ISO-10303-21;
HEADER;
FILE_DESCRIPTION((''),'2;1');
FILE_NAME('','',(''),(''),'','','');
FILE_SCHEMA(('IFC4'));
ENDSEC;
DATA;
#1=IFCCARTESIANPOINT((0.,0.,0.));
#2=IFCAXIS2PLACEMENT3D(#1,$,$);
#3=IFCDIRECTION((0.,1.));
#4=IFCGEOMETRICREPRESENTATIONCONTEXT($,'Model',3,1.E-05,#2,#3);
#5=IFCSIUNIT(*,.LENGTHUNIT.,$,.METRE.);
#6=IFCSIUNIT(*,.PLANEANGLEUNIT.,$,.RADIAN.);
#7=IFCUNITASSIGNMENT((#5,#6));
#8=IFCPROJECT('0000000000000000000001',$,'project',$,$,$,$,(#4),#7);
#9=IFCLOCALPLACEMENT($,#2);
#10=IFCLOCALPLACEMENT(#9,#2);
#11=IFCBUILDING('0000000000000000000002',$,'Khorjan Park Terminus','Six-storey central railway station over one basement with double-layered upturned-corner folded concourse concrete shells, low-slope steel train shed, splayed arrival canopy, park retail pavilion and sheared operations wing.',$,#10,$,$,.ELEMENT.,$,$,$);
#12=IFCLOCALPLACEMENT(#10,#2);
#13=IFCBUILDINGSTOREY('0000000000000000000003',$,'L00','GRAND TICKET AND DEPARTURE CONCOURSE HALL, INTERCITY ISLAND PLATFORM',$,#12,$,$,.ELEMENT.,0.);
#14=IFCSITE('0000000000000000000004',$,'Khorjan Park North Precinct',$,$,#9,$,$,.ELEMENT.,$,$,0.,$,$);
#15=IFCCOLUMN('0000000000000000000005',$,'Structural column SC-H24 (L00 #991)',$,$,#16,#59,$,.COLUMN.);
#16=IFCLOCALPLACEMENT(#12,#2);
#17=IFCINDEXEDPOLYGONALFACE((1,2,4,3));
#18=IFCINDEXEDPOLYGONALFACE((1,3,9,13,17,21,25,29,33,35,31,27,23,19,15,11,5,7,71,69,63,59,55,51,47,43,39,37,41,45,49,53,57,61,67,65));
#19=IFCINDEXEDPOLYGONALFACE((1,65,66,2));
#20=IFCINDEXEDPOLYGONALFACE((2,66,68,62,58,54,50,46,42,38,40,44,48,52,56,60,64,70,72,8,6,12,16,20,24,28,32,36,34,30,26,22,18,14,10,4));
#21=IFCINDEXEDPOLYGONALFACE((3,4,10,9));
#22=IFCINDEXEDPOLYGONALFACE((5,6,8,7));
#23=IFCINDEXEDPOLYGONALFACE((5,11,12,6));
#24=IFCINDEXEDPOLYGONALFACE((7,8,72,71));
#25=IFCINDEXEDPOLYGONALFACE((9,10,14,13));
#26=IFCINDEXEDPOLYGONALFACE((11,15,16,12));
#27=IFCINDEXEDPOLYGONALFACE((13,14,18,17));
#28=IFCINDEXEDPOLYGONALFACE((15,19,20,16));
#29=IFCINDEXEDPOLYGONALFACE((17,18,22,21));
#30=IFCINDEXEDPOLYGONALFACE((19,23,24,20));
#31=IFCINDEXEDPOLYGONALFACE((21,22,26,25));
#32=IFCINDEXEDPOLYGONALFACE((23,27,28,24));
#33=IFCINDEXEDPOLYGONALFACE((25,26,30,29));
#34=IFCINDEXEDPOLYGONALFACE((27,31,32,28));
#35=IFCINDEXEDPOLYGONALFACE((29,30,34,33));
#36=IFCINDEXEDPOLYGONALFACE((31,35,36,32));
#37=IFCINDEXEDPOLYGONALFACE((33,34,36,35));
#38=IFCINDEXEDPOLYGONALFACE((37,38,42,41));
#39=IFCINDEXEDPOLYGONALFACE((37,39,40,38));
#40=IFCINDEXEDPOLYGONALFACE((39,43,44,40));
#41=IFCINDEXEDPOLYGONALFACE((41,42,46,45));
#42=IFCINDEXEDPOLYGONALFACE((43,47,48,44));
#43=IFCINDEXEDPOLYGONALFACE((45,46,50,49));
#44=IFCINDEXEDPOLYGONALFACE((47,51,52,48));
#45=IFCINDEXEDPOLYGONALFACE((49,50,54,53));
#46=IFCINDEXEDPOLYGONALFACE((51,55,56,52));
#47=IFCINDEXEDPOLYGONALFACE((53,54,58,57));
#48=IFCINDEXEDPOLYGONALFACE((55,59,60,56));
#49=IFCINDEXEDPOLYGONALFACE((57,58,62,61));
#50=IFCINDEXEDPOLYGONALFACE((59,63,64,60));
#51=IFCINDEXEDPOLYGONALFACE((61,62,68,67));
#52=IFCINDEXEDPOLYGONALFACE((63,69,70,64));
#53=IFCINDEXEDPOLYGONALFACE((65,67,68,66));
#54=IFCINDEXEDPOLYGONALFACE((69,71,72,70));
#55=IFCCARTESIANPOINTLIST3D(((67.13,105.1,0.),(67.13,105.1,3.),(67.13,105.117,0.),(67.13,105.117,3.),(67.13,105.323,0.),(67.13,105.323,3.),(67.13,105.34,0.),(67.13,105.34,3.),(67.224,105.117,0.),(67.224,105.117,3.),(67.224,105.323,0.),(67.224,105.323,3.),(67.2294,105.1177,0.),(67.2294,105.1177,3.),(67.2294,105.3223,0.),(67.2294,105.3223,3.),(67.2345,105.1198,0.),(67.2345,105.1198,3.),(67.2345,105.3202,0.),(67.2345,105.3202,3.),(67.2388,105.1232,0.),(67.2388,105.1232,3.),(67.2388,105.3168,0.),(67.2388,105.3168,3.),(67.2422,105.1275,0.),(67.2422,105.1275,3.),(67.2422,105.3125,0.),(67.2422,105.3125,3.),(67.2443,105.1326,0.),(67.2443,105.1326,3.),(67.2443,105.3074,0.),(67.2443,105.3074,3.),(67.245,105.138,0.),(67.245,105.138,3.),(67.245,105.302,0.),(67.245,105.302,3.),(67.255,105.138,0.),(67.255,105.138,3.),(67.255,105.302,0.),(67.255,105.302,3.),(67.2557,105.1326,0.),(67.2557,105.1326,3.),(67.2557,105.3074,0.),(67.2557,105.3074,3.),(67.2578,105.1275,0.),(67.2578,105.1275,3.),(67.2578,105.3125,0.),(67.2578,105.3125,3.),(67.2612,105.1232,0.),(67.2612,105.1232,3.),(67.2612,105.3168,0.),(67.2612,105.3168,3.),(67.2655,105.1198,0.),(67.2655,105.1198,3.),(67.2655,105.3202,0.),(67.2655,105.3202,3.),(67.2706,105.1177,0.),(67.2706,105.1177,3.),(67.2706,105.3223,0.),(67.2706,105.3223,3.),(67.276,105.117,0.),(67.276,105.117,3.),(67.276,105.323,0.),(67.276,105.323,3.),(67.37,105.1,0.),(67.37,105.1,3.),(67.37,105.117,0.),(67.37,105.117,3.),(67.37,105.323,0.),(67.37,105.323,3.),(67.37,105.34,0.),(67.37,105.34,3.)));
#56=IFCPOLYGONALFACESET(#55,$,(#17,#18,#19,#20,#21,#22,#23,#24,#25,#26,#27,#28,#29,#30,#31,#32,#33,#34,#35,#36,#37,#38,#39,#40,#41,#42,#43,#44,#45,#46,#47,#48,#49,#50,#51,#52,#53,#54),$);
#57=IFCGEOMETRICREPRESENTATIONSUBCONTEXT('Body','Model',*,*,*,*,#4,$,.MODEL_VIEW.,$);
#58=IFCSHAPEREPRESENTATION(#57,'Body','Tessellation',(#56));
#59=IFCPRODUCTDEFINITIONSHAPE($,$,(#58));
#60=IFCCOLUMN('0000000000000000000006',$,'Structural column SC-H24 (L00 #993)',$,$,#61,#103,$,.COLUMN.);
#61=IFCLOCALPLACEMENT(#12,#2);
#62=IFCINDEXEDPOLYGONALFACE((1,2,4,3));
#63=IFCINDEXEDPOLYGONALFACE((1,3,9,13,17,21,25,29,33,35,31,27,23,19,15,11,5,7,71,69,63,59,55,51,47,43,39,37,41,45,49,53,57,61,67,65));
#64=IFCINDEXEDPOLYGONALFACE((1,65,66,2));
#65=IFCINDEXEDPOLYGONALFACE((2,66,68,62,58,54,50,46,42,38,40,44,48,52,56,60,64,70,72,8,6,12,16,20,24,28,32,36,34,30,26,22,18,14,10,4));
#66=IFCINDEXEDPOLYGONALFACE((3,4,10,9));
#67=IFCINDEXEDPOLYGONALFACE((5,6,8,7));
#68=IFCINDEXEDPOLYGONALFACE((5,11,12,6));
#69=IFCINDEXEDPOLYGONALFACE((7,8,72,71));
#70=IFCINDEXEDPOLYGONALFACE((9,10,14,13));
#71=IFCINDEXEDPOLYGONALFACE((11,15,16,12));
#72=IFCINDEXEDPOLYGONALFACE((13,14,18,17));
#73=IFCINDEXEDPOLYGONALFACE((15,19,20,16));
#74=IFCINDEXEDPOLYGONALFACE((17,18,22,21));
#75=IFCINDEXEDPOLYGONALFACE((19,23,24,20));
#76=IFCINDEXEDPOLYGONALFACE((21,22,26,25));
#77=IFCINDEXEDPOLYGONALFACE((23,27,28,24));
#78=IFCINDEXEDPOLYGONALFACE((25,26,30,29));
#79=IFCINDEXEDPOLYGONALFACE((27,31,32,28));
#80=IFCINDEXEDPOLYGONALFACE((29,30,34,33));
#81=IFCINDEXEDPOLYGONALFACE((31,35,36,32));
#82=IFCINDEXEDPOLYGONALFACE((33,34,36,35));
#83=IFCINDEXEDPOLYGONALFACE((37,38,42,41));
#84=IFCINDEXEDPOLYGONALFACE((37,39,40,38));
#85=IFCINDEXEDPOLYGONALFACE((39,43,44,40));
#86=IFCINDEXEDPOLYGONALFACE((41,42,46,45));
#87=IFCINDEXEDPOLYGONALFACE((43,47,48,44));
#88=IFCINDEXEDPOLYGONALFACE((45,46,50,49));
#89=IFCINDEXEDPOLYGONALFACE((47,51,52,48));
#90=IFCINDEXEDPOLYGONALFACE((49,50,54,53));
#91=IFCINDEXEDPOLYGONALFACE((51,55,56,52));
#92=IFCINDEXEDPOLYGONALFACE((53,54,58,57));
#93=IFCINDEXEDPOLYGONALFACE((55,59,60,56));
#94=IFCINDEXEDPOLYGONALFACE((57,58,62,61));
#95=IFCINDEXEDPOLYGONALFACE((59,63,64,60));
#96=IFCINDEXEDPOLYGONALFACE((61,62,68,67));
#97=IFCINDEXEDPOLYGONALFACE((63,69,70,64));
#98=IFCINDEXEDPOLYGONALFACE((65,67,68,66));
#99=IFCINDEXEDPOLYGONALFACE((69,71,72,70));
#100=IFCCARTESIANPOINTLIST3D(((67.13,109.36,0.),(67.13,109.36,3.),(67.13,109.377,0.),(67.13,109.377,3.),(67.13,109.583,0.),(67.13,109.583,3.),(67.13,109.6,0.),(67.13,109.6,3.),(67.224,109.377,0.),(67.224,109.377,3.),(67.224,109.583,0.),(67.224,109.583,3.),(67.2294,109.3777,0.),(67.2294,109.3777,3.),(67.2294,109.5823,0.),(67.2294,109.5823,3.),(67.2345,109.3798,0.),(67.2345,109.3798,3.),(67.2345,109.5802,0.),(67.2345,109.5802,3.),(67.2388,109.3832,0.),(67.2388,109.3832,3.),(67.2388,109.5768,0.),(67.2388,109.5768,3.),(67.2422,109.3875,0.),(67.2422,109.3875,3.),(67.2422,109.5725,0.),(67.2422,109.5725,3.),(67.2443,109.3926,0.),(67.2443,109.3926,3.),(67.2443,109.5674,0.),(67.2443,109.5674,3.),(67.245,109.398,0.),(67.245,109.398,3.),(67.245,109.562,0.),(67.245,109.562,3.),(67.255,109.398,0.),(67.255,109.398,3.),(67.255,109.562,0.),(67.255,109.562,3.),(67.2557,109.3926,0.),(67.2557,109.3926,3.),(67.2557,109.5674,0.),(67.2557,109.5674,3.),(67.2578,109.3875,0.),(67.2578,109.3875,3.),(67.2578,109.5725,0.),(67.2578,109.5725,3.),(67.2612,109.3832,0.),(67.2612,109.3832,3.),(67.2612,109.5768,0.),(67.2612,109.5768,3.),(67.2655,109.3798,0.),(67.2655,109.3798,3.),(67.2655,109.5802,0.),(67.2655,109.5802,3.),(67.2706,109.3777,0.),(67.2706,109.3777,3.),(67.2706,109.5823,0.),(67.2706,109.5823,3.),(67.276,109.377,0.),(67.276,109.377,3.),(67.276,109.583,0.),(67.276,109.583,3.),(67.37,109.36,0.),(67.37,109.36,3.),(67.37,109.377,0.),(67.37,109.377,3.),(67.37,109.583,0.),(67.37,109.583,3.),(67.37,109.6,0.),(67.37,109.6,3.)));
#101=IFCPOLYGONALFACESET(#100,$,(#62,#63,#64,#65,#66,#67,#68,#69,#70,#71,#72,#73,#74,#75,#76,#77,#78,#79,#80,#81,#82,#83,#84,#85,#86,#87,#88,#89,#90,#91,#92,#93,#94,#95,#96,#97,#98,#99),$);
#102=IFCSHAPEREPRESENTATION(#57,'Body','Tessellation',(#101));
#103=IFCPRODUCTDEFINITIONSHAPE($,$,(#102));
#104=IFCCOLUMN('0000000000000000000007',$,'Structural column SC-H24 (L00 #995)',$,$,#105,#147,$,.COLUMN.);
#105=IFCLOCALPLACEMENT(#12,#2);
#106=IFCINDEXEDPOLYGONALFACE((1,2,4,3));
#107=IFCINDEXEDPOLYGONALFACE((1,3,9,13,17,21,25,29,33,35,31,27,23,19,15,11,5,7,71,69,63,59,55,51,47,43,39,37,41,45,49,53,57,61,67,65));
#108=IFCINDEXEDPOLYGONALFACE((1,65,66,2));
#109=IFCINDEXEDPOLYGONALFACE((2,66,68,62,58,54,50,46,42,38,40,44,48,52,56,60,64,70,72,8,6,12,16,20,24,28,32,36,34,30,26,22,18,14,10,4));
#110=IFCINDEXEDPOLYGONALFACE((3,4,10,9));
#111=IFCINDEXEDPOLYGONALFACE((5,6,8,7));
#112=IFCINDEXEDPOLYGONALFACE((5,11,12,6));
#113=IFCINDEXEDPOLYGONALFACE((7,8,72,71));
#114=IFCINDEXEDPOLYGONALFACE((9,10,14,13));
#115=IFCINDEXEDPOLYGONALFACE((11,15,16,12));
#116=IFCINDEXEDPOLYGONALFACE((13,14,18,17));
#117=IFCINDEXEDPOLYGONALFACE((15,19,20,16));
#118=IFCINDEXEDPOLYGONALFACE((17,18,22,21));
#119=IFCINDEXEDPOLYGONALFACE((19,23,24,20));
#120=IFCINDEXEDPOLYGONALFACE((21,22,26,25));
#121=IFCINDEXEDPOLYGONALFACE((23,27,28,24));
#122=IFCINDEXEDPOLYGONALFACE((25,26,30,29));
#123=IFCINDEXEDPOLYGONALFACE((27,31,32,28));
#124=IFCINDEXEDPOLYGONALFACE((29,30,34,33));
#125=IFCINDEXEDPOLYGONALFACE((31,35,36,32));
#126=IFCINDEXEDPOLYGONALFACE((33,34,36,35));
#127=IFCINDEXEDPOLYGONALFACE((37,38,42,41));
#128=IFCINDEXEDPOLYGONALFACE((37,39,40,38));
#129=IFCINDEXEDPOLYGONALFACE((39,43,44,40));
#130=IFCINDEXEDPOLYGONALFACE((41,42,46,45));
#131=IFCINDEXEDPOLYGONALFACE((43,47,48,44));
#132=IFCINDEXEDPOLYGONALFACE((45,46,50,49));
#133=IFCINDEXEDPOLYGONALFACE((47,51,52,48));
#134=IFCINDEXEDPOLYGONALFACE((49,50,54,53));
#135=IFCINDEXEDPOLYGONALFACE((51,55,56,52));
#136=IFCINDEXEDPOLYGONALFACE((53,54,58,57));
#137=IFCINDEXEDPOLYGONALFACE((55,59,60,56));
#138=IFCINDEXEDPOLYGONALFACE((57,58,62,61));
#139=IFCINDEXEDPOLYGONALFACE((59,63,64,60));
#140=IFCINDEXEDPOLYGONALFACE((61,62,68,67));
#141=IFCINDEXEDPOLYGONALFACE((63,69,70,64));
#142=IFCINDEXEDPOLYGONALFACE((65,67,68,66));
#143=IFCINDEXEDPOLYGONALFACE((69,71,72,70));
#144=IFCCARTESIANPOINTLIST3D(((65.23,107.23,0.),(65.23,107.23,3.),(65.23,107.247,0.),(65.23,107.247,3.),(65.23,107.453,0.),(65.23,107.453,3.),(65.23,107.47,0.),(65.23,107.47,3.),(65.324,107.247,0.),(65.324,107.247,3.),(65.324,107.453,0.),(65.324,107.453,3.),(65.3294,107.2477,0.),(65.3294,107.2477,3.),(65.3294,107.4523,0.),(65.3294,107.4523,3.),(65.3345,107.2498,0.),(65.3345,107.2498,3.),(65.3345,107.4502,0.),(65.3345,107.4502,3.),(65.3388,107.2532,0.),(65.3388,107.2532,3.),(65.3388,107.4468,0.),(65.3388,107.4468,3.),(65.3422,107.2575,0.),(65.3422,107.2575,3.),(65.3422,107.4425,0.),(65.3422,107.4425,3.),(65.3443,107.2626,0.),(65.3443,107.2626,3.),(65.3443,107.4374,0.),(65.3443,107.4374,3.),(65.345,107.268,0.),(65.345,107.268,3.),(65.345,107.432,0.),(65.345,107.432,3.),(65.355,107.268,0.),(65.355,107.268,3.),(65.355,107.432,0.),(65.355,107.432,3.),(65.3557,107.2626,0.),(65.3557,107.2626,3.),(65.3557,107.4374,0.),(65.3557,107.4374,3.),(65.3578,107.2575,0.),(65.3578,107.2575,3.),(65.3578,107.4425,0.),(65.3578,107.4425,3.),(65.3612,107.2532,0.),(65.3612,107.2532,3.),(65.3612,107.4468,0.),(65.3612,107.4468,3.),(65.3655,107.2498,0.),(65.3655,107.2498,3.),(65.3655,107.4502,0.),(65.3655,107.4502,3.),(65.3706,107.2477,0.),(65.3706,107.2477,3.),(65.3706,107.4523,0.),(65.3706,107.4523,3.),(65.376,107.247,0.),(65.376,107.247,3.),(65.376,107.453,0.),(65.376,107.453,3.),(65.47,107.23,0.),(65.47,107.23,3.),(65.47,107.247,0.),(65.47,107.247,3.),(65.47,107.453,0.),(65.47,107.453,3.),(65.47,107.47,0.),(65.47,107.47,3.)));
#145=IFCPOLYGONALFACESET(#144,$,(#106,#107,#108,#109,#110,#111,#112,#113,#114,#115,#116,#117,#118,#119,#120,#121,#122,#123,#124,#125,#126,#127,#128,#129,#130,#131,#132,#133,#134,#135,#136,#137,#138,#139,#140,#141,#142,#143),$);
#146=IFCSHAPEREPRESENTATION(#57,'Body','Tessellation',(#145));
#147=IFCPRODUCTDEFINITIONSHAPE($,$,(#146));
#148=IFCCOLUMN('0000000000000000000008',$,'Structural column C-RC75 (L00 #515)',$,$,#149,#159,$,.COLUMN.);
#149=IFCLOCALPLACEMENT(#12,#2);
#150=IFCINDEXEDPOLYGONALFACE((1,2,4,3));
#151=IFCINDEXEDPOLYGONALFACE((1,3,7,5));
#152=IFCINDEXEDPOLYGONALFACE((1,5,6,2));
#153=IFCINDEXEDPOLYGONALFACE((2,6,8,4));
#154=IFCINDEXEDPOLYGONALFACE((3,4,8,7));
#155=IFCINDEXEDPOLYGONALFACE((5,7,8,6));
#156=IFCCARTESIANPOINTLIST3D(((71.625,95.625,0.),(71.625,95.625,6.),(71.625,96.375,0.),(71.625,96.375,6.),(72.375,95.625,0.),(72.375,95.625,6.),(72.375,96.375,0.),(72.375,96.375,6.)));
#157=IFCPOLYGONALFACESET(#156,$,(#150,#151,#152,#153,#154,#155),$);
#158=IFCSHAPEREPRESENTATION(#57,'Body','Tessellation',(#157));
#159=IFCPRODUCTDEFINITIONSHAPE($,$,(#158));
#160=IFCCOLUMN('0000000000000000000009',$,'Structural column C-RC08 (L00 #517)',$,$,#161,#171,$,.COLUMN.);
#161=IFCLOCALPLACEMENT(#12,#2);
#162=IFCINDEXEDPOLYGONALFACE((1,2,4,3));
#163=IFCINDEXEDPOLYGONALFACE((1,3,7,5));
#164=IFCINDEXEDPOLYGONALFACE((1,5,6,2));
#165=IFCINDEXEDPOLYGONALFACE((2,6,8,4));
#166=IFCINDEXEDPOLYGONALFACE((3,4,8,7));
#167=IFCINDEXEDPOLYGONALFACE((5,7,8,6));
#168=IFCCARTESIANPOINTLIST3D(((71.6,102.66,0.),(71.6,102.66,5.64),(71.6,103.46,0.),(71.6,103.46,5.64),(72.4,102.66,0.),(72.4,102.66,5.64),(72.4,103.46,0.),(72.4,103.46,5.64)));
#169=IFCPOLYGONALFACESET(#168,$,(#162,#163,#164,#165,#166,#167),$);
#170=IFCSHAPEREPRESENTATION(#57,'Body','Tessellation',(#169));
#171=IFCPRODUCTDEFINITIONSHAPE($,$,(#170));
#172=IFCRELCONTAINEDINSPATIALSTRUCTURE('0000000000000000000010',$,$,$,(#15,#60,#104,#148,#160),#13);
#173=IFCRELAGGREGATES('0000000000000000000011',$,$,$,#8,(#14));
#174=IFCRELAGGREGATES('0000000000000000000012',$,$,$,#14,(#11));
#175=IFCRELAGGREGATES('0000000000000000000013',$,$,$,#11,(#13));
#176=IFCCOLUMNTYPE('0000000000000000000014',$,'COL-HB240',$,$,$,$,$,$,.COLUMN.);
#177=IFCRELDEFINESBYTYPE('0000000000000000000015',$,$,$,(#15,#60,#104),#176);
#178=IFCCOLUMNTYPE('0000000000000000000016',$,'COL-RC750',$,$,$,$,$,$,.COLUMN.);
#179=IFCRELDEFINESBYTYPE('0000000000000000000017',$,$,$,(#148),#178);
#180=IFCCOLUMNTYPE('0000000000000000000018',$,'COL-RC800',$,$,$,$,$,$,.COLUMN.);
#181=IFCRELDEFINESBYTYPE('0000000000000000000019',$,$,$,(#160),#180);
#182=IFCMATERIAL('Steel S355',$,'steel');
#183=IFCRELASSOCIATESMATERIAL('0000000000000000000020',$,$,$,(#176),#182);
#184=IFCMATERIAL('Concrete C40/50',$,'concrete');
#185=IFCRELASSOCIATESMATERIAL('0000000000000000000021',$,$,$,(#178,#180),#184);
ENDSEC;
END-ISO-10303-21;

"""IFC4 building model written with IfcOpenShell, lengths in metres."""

from ifc_helpers import new_model, si_unit, direction, frame, origin, origin_2d, place, context, subcontext, project, spatial, rectangle, i_section, extrude, material, material_profile, profile_set, type_object, element, save


model = new_model("IFC4")

# Units and contexts
model_context = context("Model", 3, precision=1e-05, world=origin(), true_north=direction((0.0, 1.0)))
body_context = subcontext(model_context, "Body", "Model", "MODEL_VIEW")
ifc_project = project(units=[si_unit("LENGTHUNIT", "METRE"), si_unit("PLANEANGLEUNIT", "RADIAN")], contexts=[model_context])

# Site, building, storey
site_placement = place(None, origin())
site = spatial("IfcSite", under=ifc_project, at=site_placement, Name="Khorjan Park North Precinct", CompositionType="ELEMENT", RefElevation=0.0)
building_placement = place(site_placement, origin())
building = spatial("IfcBuilding", under=site, at=building_placement, Name="Khorjan Park Terminus", Description="Six-storey central railway station over one basement with double-layered upturned-corner folded concourse concrete shells, low-slope steel train shed, splayed arrival canopy, park retail pavilion and sheared operations wing.", CompositionType="ELEMENT")
storey_placement = place(building_placement, origin())
storey = spatial("IfcBuildingStorey", under=building, at=storey_placement, Name="L00", Description="GRAND TICKET AND DEPARTURE CONCOURSE HALL, INTERCITY ISLAND PLATFORM", CompositionType="ELEMENT", Elevation=0.0)

# Columns
ifc_material_1 = material(Name="Steel S355", Category="steel")
ifc_material_profile_1 = material_profile(ifc_material_1, i_section(OverallWidth=0.24, OverallDepth=0.24, WebThickness=0.01, FlangeThickness=0.017, FilletRadius=0.021, at=origin_2d()), Name="HEB 240")
ifc_profile_set_1 = profile_set([ifc_material_profile_1], Name="Steel S355")
column_type_1 = type_object("IfcColumnType", Name="COL-HB240", PredefinedType="COLUMN", material=ifc_profile_set_1)
for number, where, z_axis, x_axis, name in (
    (1, (67.25, 105.22, 0.0), (0.0, 0.0, 1.0), (1.0, 0.0, 0.0), "Structural column SC-H24 (L00 #991)"),
    (2, (67.25, 109.48, 0.0), (0.0, 0.0, 1.0), (1.0, 0.0, 0.0), "Structural column SC-H24 (L00 #993)"),
    (3, (65.35, 107.35, 0.0), (0.0, 0.0, 1.0), (1.0, 0.0, 0.0), "Structural column SC-H24 (L00 #995)"),
):
    element("IfcColumn", number, at=place(storey_placement, frame(where, z_axis=z_axis, x_axis=x_axis)), inside=storey, type_object=column_type_1, Name=name, PredefinedType="COLUMN", context=body_context, shape_type="SweptSolid", body=[
        extrude(i_section(OverallWidth=0.24, OverallDepth=0.24, WebThickness=0.01, FlangeThickness=0.017, FilletRadius=0.021, at=origin_2d()), origin(), (0.0, 0.0, 1.0), 3.0),
    ])
ifc_material_2 = material(Name="Concrete C40/50", Category="concrete")
ifc_material_profile_2 = material_profile(ifc_material_2, rectangle(XDim=0.75, YDim=0.75, at=origin_2d()), Name="RC 750x750")
ifc_profile_set_2 = profile_set([ifc_material_profile_2], Name="Concrete C40/50")
column_type_2 = type_object("IfcColumnType", Name="COL-RC750", PredefinedType="COLUMN", material=ifc_profile_set_2)
column_1_placement = place(storey_placement, frame((72.0, 96.0, 0.0), z_axis=(0.0, 0.0, 1.0), x_axis=(1.0, 0.0, 0.0)))
element("IfcColumn", 4, at=column_1_placement, inside=storey, type_object=column_type_2, Name="Structural column C-RC75 (L00 #515)", PredefinedType="COLUMN", context=body_context, shape_type="SweptSolid", body=[
    extrude(rectangle(XDim=0.75, YDim=0.75, at=origin_2d()), origin(), (0.0, 0.0, 1.0), 6.0),
])
ifc_material_profile_3 = material_profile(ifc_material_2, rectangle(XDim=0.8, YDim=0.8, at=origin_2d()), Name="RC 800x800")
ifc_profile_set_3 = profile_set([ifc_material_profile_3], Name="Concrete C40/50")
column_type_3 = type_object("IfcColumnType", Name="COL-RC800", PredefinedType="COLUMN", material=ifc_profile_set_3)
column_2_placement = place(storey_placement, frame((72.0, 103.06, 0.0), z_axis=(0.0, 0.0, 1.0), x_axis=(1.0, 0.0, 0.0)))
element("IfcColumn", 5, at=column_2_placement, inside=storey, type_object=column_type_3, Name="Structural column C-RC08 (L00 #517)", PredefinedType="COLUMN", context=body_context, shape_type="SweptSolid", body=[
    extrude(rectangle(XDim=0.8, YDim=0.8, at=origin_2d()), origin(), (0.0, 0.0, 1.0), 5.64),
])

save(model, "model.ifc")
